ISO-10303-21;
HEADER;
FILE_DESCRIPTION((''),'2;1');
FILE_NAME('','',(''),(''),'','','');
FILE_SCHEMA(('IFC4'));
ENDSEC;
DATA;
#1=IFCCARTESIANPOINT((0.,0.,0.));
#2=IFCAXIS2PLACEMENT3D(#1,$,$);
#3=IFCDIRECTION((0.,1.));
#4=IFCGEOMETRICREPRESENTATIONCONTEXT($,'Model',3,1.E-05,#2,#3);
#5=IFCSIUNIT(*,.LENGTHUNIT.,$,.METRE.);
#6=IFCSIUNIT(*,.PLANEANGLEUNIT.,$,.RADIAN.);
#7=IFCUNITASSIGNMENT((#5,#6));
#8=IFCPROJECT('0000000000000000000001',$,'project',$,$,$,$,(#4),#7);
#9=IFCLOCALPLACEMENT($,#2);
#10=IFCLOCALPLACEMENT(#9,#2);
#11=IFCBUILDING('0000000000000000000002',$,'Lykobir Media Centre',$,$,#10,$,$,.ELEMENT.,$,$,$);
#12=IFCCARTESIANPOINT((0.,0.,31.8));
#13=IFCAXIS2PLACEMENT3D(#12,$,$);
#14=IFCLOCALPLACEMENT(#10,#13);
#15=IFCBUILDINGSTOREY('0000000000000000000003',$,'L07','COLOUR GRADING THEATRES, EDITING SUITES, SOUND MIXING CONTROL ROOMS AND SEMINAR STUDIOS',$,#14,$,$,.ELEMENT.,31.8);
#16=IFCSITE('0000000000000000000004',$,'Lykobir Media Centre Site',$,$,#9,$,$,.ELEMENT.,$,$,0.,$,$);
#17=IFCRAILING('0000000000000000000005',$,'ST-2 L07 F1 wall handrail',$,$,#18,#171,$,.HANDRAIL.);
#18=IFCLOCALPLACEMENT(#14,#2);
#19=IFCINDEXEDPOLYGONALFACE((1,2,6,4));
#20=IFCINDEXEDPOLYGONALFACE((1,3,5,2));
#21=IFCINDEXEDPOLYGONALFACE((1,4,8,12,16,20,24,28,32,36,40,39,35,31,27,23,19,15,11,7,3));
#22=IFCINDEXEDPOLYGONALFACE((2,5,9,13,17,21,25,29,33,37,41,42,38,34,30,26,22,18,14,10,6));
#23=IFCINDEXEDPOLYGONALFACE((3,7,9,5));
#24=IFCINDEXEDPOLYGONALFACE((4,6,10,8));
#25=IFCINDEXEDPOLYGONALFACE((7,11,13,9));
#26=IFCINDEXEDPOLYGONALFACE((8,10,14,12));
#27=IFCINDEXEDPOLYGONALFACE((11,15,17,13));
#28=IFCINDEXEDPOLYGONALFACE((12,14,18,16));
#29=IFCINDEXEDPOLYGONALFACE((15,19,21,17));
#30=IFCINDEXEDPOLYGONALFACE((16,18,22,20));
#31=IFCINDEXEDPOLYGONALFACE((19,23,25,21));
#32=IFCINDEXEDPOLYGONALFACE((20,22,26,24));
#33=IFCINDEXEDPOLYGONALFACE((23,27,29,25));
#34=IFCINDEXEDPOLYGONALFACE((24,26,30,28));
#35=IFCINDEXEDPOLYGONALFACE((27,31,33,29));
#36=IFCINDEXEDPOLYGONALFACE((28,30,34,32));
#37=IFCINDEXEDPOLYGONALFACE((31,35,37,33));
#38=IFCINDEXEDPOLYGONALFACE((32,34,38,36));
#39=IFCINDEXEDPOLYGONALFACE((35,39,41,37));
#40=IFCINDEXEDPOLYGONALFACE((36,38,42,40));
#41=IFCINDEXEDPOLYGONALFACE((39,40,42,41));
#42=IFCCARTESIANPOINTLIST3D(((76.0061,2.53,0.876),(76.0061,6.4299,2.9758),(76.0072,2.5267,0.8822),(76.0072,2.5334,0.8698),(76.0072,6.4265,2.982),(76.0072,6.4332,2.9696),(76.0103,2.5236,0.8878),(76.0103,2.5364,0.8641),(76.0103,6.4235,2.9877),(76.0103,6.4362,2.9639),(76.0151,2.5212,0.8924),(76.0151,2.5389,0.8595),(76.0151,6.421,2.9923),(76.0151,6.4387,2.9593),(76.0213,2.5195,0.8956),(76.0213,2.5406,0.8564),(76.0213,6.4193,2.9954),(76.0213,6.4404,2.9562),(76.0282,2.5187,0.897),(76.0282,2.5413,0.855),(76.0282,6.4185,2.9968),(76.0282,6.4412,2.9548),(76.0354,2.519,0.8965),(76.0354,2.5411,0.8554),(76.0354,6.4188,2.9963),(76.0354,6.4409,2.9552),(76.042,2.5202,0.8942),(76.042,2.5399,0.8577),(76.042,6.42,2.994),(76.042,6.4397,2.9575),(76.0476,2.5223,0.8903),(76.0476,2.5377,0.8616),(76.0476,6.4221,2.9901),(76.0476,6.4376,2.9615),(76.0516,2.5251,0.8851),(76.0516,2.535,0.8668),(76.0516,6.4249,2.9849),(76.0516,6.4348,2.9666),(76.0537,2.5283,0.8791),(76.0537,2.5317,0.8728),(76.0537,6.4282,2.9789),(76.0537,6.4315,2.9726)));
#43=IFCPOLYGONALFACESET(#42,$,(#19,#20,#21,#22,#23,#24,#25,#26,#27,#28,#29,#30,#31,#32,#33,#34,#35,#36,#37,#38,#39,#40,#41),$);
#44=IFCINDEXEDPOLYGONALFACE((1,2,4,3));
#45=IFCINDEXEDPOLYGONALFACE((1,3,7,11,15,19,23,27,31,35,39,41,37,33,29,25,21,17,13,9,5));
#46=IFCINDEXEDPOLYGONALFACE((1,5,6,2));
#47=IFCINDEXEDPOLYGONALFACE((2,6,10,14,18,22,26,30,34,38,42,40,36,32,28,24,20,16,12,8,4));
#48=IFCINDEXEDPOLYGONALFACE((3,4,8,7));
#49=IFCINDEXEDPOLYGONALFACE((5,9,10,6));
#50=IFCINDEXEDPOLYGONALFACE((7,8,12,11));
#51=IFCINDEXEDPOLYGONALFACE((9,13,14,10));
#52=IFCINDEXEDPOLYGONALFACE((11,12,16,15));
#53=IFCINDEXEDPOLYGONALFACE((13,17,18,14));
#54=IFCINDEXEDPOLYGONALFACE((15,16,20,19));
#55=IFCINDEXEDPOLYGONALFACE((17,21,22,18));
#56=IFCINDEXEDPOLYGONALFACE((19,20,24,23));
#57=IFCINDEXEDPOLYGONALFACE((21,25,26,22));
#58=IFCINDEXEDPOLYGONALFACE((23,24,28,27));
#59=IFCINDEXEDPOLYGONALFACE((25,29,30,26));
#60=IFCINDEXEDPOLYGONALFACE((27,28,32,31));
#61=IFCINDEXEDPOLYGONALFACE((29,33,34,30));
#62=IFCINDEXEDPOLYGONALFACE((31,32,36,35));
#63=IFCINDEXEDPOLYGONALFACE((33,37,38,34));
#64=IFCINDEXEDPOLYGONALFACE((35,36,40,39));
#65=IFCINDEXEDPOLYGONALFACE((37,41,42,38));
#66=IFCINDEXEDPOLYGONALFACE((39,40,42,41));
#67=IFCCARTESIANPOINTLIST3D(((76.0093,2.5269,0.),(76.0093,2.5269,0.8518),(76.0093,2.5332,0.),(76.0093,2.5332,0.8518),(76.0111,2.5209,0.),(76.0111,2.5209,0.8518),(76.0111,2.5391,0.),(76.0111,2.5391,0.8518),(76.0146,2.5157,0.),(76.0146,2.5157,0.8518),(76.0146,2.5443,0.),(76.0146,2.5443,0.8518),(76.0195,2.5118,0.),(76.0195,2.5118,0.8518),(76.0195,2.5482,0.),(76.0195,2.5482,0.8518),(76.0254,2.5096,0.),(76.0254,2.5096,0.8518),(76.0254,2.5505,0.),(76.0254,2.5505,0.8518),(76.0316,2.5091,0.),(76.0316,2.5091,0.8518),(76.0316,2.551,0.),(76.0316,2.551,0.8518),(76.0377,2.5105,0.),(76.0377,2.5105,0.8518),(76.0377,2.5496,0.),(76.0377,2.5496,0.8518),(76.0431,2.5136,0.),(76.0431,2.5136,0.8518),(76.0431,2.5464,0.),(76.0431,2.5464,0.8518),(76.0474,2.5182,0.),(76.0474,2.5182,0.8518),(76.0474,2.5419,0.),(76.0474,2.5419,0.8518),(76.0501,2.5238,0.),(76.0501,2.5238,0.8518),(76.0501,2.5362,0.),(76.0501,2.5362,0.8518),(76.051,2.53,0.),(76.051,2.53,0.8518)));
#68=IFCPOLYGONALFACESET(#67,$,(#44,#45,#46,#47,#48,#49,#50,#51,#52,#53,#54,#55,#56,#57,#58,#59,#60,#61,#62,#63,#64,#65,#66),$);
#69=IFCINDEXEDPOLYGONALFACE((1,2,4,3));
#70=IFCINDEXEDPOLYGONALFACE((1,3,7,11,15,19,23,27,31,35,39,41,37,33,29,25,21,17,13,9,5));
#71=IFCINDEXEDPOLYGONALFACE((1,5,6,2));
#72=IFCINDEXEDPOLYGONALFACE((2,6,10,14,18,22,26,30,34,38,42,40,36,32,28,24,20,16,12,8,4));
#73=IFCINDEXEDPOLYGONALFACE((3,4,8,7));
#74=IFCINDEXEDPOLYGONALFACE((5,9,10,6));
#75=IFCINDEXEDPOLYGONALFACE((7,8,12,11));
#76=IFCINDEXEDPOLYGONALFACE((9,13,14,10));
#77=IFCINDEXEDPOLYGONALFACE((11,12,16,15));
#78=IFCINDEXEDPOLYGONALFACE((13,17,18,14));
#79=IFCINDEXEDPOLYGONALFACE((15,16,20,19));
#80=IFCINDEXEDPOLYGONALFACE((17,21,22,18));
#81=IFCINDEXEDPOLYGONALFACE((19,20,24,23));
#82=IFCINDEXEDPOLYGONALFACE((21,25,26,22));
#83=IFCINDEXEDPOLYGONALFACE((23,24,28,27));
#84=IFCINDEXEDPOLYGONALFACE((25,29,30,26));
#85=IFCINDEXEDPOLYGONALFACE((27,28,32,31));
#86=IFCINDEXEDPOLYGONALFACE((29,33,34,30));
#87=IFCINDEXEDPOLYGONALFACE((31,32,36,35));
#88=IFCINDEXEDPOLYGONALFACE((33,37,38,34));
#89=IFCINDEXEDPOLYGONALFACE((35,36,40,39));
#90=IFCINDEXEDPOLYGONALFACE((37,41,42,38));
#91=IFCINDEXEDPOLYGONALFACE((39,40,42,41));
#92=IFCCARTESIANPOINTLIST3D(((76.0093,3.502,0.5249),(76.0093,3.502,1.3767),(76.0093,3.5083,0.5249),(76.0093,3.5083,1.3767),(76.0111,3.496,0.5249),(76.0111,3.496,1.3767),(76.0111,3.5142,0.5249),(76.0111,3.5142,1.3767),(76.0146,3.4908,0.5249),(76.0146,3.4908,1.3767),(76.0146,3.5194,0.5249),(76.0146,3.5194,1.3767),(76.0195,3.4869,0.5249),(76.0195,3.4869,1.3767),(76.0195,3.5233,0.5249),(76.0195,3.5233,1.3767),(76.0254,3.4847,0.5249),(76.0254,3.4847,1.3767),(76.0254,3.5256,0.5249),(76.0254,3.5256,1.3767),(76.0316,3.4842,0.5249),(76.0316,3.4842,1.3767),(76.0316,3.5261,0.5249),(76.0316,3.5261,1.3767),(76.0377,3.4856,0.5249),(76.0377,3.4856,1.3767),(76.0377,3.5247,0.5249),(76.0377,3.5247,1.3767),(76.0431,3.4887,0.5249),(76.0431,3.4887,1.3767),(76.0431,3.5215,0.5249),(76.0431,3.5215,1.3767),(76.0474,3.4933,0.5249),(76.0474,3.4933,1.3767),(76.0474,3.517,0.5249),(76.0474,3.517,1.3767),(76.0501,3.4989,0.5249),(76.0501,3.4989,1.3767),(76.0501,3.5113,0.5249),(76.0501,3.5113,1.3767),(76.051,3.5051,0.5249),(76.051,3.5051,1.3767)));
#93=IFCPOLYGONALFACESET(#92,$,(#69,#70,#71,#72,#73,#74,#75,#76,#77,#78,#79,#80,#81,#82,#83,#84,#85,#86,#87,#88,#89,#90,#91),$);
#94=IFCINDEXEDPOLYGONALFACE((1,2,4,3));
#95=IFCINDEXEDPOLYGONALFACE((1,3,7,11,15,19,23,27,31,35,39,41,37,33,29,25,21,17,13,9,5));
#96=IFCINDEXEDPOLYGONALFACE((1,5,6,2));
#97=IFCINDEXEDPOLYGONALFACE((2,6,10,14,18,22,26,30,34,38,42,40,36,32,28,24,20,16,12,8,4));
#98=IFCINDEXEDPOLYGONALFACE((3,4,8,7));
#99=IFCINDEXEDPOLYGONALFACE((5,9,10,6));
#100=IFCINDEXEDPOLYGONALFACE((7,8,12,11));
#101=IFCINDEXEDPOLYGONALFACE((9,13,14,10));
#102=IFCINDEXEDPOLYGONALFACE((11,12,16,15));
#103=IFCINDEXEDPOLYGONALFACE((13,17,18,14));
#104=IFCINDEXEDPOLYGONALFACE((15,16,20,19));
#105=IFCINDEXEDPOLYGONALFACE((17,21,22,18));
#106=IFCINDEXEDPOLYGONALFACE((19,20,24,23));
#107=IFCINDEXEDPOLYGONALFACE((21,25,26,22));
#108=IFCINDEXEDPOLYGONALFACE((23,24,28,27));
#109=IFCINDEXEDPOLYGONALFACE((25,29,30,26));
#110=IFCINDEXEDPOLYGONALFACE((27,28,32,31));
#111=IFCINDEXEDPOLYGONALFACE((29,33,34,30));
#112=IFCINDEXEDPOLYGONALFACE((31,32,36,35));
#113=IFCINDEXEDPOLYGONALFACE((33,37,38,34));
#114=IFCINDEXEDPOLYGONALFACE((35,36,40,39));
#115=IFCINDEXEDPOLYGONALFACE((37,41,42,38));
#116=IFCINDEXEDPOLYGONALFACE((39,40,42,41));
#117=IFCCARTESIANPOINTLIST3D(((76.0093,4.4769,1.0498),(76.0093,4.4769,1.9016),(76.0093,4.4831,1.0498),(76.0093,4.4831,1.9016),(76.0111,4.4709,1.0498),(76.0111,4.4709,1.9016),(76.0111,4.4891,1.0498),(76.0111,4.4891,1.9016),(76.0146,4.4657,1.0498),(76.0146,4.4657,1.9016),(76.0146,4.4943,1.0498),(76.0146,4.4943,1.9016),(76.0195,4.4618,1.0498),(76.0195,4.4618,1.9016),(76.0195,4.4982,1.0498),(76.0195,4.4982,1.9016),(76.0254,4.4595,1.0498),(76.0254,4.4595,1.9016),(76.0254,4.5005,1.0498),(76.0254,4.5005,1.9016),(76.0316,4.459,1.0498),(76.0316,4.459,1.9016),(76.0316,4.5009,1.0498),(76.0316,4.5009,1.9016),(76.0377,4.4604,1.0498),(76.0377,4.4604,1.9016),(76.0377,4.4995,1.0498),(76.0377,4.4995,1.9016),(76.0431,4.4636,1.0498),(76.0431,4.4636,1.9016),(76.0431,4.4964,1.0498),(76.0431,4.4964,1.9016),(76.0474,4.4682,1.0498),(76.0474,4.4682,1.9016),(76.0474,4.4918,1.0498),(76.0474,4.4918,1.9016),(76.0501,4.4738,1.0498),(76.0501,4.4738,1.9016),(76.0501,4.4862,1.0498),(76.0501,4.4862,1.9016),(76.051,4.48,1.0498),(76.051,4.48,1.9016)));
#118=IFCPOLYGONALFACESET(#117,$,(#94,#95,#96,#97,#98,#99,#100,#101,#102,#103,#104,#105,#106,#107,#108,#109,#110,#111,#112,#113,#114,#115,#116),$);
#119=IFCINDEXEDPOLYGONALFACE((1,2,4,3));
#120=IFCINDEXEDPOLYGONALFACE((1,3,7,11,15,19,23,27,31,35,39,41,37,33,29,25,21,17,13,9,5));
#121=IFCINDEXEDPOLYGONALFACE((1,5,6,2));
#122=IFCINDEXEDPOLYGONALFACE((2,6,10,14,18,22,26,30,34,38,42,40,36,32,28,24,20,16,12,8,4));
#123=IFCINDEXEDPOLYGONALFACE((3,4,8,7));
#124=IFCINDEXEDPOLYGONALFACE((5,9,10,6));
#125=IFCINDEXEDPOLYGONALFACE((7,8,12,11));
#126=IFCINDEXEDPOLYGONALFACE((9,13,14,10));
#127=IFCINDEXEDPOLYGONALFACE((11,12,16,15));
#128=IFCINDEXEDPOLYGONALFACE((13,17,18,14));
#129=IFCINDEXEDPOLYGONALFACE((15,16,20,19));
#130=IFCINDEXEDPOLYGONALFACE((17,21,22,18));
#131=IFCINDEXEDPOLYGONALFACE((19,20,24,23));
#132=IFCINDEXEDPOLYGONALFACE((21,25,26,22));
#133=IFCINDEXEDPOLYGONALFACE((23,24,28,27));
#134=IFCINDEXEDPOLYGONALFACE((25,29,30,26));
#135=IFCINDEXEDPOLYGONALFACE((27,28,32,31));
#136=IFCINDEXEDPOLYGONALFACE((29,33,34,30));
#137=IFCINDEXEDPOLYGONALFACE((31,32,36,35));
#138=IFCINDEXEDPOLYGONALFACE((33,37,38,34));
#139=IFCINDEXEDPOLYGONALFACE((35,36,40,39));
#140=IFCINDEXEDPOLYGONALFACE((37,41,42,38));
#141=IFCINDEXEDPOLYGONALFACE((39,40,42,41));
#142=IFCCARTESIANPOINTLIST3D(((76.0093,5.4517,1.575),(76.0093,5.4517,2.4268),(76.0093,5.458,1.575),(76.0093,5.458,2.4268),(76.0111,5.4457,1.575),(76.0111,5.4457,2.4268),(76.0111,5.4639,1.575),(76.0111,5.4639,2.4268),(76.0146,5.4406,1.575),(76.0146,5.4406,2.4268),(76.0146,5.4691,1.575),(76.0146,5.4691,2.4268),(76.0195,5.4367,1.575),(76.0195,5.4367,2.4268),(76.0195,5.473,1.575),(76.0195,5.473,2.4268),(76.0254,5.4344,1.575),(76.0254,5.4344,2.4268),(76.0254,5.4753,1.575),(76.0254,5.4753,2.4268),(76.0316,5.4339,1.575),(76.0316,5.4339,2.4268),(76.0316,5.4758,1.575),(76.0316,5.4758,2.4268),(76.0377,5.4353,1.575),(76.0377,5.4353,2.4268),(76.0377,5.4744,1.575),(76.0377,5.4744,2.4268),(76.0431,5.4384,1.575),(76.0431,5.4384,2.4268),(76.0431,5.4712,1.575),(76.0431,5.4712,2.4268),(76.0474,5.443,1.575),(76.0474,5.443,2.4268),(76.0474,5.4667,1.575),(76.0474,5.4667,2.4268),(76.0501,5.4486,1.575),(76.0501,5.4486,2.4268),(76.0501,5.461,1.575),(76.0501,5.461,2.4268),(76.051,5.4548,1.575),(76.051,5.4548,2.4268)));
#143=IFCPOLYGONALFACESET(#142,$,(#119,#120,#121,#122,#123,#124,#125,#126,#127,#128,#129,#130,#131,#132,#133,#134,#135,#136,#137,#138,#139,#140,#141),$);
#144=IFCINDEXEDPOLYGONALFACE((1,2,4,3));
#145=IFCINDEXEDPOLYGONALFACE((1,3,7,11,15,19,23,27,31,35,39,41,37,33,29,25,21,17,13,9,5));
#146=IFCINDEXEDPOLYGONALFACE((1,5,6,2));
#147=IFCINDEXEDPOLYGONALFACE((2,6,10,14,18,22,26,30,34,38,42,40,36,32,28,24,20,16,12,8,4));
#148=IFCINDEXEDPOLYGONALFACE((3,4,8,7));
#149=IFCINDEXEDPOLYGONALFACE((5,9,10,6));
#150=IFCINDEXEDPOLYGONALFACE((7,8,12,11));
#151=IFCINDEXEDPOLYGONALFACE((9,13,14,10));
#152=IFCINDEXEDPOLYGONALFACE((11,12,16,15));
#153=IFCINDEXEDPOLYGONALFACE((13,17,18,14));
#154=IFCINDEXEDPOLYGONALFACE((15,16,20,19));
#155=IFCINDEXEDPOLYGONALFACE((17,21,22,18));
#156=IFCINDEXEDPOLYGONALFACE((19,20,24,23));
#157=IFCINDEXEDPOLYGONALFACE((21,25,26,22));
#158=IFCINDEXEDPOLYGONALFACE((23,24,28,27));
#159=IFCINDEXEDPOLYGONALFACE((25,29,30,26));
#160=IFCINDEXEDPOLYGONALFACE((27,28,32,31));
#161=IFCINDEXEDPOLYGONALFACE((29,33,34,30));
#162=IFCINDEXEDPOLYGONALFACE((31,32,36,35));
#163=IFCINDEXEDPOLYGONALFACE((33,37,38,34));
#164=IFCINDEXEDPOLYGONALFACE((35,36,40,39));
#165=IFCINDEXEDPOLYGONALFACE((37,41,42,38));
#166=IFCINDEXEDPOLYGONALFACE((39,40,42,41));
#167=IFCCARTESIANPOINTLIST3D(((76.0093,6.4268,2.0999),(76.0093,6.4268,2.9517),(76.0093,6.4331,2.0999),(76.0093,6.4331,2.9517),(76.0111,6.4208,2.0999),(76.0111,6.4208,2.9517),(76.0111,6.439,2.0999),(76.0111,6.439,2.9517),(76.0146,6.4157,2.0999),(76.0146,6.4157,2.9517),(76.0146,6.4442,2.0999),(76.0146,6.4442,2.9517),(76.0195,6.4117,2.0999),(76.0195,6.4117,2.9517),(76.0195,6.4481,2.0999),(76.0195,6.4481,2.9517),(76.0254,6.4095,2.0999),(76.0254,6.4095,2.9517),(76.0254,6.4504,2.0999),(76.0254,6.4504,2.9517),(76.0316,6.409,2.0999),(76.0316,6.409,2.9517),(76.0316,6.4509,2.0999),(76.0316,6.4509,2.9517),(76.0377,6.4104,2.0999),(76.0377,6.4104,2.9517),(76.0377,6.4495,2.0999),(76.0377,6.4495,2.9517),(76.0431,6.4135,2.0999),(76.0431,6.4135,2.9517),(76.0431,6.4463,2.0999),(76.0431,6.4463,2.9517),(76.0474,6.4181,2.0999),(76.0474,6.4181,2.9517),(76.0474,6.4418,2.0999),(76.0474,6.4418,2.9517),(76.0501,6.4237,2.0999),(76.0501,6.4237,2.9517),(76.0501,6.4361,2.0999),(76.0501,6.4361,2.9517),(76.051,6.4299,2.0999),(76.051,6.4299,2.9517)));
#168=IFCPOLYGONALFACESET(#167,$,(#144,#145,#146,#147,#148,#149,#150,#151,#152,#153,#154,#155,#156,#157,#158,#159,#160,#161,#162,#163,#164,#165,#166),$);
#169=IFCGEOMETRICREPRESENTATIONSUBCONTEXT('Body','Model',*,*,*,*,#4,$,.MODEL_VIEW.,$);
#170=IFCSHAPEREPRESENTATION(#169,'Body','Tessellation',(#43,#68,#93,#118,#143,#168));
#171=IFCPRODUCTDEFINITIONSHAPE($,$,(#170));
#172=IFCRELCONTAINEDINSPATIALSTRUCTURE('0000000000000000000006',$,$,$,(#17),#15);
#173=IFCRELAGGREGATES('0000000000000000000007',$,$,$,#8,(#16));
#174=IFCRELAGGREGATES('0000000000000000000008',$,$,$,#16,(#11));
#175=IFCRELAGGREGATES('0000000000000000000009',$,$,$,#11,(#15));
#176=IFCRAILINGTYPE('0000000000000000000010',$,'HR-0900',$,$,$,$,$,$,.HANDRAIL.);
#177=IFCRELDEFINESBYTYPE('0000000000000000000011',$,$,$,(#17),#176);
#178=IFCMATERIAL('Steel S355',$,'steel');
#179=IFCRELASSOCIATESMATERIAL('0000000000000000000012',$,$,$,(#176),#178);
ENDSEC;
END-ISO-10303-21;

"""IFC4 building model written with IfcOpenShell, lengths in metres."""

from ifc_helpers import new_model, si_unit, direction, frame, origin, origin_2d, place, context, subcontext, project, spatial, circle, extrude, material, type_object, element, save


model = new_model("IFC4")

# Units and contexts
model_context = context("Model", 3, precision=1e-05, world=origin(), true_north=direction((0.0, 1.0)))
body_context = subcontext(model_context, "Body", "Model", "MODEL_VIEW")
ifc_project = project(units=[si_unit("LENGTHUNIT", "METRE"), si_unit("PLANEANGLEUNIT", "RADIAN")], contexts=[model_context])

# Site, building, storey
site_placement = place(None, origin())
site = spatial("IfcSite", under=ifc_project, at=site_placement, Name="Lykobir Media Centre Site", CompositionType="ELEMENT", RefElevation=0.0)
building_placement = place(site_placement, origin())
building = spatial("IfcBuilding", under=site, at=building_placement, Name="Lykobir Media Centre", CompositionType="ELEMENT")
storey_placement = place(building_placement, frame((0.0, 0.0, 31.8)))
storey = spatial("IfcBuildingStorey", under=building, at=storey_placement, Name="L07", Description="COLOUR GRADING THEATRES, EDITING SUITES, SOUND MIXING CONTROL ROOMS AND SEMINAR STUDIOS", CompositionType="ELEMENT", Elevation=31.8)

# Shared definitions
ifc_material_1 = material(Name="Steel S355", Category="steel")

# Railing
railing_type_1 = type_object("IfcRailingType", Name="HR-0900", PredefinedType="HANDRAIL", material=ifc_material_1)
railing_1_placement = place(storey_placement, frame((76.03, 2.53, 0.0)))
element("IfcRailing", 1, at=railing_1_placement, inside=storey, type_object=railing_type_1, Name="ST-2 L07 F1 wall handrail", PredefinedType="HANDRAIL", context=body_context, shape_type="SweptSolid", body=[
    extrude(circle(Radius=0.0239, at=origin_2d()), frame((0.0, 0.0, 0.876), z_axis=(0.0, 0.88048, 0.474083), x_axis=(-1.0, 0.0, 0.0)), (0.0, 0.0, 1.0), 4.4292),
    extrude(circle(Radius=0.021, at=origin_2d()), origin(), (0.0, 0.0, 1.0), 0.8518),
    extrude(circle(Radius=0.021, at=origin_2d()), frame((0.0, 0.9751, 0.5249)), (0.0, 0.0, 1.0), 0.8518),
    extrude(circle(Radius=0.021, at=origin_2d()), frame((0.0, 1.95, 1.0498)), (0.0, 0.0, 1.0), 0.8518),
    extrude(circle(Radius=0.021, at=origin_2d()), frame((0.0, 2.9248, 1.575)), (0.0, 0.0, 1.0), 0.8518),
    extrude(circle(Radius=0.021, at=origin_2d()), frame((0.0, 3.8999, 2.0999)), (0.0, 0.0, 1.0), 0.8518),
])

save(model, "model.ifc")
